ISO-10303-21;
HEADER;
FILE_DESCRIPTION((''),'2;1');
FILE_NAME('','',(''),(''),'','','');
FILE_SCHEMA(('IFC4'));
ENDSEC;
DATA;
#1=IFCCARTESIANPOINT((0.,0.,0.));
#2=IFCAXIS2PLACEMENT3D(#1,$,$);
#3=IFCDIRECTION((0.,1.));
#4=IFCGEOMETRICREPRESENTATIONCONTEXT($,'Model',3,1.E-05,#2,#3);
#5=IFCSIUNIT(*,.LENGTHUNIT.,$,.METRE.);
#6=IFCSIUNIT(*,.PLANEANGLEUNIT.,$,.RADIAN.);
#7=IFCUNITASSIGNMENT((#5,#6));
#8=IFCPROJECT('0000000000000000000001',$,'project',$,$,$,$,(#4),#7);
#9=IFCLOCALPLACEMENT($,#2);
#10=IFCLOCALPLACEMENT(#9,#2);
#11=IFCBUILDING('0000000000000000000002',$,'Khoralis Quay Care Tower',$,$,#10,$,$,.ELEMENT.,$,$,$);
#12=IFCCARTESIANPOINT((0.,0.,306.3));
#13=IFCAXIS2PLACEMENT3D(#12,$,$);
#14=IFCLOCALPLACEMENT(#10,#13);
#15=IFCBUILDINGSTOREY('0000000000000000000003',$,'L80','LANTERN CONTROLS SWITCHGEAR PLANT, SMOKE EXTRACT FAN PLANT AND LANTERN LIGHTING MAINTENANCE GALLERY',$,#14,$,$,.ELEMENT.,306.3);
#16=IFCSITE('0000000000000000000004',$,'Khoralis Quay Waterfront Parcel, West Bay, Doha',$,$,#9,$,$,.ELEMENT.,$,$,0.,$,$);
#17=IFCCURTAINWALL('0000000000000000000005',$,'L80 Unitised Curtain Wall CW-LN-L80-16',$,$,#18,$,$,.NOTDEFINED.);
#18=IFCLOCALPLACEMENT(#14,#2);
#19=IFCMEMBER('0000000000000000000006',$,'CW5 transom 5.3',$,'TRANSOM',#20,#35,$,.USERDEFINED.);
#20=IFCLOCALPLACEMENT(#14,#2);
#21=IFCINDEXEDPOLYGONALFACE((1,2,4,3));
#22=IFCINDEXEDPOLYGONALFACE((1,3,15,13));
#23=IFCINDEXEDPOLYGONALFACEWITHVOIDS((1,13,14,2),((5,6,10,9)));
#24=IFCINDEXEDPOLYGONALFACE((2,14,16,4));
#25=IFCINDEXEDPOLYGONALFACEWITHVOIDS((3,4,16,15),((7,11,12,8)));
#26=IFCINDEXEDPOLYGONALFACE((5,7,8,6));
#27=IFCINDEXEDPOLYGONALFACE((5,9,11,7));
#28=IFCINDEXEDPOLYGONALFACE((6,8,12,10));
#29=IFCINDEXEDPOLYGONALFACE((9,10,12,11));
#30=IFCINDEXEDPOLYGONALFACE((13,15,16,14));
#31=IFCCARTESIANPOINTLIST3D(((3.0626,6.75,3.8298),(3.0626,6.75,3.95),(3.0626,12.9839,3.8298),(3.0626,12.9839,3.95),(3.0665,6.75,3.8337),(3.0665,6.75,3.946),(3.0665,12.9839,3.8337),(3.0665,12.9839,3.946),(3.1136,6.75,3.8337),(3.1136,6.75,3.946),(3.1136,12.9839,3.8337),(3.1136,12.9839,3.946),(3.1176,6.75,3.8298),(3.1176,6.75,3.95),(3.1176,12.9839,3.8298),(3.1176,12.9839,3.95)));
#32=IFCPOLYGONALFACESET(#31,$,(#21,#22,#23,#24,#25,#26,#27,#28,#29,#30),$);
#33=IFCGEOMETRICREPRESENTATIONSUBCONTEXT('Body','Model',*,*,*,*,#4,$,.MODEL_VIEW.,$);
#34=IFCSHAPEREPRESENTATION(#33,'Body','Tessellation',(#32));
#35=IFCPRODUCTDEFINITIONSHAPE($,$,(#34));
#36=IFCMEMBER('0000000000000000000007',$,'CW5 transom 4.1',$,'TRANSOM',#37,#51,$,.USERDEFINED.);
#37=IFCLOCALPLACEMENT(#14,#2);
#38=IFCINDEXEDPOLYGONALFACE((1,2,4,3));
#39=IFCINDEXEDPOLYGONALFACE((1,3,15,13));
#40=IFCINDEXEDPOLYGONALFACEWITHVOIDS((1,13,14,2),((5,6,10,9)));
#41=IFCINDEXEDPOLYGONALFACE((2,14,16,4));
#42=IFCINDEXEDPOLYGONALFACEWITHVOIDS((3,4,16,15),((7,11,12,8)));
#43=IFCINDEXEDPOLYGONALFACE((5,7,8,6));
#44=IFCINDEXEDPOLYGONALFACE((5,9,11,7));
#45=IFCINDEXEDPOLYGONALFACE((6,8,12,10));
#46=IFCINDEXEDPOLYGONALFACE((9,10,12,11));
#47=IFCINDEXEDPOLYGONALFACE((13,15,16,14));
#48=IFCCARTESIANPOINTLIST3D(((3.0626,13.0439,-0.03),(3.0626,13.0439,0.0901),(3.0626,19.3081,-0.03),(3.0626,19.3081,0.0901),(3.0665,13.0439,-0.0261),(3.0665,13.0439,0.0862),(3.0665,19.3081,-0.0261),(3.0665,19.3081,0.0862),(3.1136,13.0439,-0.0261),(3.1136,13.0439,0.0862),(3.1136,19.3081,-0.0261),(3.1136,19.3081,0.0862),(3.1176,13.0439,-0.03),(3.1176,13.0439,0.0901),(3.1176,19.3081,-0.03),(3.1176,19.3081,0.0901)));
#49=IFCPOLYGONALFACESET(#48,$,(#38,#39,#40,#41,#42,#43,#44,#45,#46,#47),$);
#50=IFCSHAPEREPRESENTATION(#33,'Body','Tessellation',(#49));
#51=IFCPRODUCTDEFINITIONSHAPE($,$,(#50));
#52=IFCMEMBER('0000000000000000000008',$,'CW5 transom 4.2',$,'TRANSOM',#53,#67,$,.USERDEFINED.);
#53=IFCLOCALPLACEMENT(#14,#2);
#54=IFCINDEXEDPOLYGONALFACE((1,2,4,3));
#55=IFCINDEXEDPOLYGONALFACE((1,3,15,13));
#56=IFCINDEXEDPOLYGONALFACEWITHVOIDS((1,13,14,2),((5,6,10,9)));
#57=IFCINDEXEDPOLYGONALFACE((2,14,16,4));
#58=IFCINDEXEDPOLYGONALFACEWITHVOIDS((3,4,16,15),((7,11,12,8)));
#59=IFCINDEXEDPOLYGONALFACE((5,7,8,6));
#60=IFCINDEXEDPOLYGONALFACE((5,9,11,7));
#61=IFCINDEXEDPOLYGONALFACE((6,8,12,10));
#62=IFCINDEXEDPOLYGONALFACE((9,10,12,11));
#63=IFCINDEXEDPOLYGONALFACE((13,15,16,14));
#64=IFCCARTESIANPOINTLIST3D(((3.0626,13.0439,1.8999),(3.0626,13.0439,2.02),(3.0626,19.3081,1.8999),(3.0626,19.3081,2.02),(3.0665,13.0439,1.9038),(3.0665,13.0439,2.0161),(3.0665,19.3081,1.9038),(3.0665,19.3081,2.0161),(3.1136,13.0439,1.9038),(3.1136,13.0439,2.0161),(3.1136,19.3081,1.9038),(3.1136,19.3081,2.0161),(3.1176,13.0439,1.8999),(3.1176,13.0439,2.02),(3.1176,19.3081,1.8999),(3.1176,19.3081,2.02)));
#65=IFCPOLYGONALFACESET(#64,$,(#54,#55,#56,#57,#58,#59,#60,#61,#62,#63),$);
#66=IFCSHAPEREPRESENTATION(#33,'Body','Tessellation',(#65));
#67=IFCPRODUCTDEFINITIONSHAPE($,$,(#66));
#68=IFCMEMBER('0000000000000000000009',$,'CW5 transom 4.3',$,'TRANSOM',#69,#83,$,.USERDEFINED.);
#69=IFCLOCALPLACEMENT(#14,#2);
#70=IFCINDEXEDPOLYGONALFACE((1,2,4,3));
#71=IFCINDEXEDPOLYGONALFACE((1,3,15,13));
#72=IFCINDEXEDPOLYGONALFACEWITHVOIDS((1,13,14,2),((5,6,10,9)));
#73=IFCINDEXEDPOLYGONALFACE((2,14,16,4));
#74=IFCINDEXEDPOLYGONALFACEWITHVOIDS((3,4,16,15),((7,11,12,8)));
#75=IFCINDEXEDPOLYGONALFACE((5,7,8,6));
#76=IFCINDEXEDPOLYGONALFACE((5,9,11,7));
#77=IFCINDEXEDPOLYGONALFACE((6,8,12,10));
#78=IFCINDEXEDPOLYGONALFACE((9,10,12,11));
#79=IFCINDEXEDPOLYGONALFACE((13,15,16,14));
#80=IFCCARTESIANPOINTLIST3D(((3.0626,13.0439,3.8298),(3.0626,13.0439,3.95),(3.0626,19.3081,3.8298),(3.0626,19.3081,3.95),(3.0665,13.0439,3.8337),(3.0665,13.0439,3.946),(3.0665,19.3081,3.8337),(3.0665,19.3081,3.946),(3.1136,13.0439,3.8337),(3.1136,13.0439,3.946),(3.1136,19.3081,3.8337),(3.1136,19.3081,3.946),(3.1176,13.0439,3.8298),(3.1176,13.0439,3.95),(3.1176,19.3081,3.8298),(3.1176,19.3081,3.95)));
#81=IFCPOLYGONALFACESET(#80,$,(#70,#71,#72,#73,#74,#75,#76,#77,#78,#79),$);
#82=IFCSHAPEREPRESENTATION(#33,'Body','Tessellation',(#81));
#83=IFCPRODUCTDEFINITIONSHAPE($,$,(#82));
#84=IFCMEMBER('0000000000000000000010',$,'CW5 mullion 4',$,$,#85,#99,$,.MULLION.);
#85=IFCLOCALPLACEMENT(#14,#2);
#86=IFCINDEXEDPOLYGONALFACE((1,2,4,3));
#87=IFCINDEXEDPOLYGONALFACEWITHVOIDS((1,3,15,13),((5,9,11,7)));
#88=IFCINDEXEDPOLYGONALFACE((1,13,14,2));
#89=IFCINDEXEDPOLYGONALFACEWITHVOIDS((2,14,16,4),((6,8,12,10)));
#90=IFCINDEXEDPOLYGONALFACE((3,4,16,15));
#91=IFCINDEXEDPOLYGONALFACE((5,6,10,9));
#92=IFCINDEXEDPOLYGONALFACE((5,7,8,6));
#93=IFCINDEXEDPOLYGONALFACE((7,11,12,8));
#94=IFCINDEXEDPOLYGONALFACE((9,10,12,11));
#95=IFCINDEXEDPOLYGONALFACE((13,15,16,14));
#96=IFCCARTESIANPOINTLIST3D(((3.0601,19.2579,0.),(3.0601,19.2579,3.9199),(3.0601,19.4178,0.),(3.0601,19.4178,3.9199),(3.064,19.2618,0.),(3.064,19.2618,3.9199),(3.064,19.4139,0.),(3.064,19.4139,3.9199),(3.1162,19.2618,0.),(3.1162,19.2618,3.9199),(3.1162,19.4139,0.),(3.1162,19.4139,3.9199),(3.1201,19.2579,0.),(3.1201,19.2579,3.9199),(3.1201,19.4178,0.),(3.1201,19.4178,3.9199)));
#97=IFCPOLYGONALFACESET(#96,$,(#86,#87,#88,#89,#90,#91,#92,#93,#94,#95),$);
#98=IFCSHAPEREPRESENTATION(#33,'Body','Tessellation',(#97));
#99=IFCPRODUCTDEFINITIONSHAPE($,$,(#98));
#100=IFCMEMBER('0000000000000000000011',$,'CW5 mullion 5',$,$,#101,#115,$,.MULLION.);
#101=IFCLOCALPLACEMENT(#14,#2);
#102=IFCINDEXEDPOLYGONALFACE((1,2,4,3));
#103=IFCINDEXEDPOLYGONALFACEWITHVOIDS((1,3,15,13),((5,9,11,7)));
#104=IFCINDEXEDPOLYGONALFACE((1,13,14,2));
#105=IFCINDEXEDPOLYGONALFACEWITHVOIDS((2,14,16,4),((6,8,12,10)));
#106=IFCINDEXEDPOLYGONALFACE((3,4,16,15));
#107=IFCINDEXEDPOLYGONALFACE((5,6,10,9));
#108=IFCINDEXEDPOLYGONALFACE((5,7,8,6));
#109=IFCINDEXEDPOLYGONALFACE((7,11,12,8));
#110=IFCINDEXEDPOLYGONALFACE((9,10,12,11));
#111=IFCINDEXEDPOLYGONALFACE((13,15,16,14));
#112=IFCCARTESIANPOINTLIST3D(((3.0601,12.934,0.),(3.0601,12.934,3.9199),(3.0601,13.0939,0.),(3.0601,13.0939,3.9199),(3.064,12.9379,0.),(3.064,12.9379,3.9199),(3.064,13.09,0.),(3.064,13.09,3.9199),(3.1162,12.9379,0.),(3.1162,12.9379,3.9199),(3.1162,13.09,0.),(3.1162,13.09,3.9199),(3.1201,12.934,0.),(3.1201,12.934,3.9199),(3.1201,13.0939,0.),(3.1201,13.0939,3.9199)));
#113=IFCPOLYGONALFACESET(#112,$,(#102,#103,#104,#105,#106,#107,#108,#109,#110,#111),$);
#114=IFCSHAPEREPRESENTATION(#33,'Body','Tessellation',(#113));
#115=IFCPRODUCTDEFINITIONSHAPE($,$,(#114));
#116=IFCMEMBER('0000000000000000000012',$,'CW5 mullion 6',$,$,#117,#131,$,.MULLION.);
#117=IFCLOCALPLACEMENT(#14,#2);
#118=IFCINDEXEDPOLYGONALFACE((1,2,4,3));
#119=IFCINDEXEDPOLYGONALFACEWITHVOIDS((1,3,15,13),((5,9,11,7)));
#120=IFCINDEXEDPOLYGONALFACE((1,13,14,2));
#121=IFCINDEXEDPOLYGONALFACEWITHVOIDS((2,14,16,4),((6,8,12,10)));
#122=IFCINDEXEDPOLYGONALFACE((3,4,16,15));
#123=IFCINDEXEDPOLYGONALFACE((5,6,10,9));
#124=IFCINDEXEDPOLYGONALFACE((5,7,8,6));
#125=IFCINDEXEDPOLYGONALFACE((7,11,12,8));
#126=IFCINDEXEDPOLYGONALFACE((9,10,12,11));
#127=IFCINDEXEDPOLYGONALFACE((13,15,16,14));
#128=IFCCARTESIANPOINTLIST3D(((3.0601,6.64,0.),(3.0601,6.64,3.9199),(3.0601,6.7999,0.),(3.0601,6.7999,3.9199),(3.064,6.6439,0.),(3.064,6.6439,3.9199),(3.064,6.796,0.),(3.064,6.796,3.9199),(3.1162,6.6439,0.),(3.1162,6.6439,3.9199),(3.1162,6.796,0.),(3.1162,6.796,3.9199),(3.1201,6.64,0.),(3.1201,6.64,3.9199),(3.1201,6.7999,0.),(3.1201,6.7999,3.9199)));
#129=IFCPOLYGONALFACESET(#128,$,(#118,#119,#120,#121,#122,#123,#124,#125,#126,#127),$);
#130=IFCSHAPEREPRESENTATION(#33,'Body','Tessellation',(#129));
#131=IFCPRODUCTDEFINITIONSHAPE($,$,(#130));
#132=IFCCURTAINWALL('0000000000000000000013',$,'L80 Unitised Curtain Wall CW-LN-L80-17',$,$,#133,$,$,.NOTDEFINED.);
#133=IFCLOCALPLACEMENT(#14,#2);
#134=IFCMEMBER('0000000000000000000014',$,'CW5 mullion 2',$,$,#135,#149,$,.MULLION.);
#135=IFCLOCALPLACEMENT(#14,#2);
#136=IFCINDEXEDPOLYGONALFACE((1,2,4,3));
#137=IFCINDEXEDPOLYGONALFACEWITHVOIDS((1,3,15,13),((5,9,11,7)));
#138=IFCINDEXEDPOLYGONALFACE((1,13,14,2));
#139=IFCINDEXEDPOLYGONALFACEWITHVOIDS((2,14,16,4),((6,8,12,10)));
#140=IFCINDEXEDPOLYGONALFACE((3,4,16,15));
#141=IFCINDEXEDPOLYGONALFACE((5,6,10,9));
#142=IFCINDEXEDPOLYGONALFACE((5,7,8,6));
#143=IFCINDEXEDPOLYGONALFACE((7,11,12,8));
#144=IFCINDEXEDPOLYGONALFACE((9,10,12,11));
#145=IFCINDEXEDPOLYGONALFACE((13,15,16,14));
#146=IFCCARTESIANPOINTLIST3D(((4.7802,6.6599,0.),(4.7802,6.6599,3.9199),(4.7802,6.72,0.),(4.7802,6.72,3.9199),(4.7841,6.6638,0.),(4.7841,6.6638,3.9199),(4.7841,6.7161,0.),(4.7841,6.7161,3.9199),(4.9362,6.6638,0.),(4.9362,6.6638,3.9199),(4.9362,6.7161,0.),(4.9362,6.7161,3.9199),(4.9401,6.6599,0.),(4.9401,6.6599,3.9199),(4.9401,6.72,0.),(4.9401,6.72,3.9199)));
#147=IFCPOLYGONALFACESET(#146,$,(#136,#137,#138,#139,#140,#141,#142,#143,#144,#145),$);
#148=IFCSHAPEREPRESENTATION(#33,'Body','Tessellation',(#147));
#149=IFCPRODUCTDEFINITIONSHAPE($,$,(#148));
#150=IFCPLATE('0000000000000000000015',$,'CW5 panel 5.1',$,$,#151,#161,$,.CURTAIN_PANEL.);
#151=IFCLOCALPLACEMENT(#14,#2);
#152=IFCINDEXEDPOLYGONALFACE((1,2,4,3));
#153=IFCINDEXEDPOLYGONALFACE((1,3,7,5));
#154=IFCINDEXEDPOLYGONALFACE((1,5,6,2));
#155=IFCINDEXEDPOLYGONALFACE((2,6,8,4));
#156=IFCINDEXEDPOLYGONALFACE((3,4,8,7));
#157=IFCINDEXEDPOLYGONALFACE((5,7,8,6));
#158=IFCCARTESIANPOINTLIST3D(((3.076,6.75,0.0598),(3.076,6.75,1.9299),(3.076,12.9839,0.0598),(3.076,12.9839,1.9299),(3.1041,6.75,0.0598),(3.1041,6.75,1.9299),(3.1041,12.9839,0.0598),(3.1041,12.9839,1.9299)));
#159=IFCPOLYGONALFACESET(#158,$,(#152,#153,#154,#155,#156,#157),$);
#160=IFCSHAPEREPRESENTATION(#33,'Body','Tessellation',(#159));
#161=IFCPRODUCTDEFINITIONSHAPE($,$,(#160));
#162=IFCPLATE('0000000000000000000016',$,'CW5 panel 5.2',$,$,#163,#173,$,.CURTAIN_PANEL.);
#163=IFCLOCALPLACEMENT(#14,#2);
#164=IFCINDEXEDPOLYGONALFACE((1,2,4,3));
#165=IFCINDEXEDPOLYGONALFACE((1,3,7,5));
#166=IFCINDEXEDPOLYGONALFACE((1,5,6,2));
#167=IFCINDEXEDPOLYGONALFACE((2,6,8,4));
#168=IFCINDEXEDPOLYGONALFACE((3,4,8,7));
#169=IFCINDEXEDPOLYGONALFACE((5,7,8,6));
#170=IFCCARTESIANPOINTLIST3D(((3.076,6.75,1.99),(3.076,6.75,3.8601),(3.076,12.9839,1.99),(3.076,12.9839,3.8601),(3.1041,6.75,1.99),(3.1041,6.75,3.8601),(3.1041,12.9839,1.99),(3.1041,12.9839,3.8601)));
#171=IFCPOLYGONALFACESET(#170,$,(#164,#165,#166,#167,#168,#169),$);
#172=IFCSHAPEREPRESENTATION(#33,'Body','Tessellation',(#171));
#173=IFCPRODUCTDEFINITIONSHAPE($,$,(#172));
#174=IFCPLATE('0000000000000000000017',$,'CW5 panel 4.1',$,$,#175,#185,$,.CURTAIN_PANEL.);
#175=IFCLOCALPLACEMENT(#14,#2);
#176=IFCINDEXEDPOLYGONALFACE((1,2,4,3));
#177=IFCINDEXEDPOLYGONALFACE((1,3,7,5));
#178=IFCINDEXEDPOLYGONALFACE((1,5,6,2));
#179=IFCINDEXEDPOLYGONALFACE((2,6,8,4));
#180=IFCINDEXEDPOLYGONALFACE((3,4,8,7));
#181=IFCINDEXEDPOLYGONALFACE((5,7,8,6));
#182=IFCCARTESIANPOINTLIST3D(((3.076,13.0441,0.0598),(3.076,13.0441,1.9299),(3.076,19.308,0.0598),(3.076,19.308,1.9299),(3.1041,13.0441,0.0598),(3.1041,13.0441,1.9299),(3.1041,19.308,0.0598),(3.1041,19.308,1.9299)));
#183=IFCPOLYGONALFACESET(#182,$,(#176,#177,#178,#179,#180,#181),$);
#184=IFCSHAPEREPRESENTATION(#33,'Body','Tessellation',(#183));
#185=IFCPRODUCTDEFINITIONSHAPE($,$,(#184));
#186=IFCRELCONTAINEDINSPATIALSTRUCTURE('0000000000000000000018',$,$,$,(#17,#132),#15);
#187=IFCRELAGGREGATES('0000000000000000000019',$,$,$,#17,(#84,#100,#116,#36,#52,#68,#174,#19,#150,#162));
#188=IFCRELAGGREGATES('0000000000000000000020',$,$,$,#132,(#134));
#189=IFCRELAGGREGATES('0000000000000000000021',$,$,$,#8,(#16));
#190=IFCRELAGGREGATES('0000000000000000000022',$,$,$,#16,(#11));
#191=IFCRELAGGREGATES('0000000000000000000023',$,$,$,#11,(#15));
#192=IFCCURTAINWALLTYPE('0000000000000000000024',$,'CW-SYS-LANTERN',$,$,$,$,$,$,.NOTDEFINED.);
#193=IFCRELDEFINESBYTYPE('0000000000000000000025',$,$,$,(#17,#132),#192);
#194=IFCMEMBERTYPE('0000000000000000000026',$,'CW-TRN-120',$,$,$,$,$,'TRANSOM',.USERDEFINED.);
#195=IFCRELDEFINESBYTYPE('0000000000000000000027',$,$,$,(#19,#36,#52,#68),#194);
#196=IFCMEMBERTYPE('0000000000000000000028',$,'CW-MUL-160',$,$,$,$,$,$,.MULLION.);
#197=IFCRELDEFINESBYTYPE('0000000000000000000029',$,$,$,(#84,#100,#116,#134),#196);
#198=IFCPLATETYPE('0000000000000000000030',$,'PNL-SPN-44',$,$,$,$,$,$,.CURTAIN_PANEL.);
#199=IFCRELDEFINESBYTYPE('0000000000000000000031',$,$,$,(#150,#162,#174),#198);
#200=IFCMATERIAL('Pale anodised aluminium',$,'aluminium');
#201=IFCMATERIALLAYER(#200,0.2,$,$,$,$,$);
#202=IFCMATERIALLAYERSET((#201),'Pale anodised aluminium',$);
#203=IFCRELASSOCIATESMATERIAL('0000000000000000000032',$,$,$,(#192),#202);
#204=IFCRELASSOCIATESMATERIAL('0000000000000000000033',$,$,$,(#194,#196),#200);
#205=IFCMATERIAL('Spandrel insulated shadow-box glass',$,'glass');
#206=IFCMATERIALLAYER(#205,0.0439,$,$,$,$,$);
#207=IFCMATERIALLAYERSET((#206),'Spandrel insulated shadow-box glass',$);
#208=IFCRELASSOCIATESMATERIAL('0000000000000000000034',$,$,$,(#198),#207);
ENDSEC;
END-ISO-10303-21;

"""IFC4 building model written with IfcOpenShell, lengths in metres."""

from ifc_helpers import new_model, si_unit, direction, frame, origin, origin_2d, place, context, subcontext, project, spatial, rectangle, hollow_rectangle, extrude, source, transform, mapped, material, layer, layer_set, material_profile, profile_set, type_object, element, aggregate, save


model = new_model("IFC4")

# Units and contexts
model_context = context("Model", 3, precision=1e-05, world=origin(), true_north=direction((0.0, 1.0)))
body_context = subcontext(model_context, "Body", "Model", "MODEL_VIEW")
ifc_project = project(units=[si_unit("LENGTHUNIT", "METRE"), si_unit("PLANEANGLEUNIT", "RADIAN")], contexts=[model_context])

# Site, building, storey
site_placement = place(None, origin())
site = spatial("IfcSite", under=ifc_project, at=site_placement, Name="Khoralis Quay Waterfront Parcel, West Bay, Doha", CompositionType="ELEMENT", RefElevation=0.0)
building_placement = place(site_placement, origin())
building = spatial("IfcBuilding", under=site, at=building_placement, Name="Khoralis Quay Care Tower", CompositionType="ELEMENT")
storey_placement = place(building_placement, frame((0.0, 0.0, 306.3)))
storey = spatial("IfcBuildingStorey", under=building, at=storey_placement, Name="L80", Description="LANTERN CONTROLS SWITCHGEAR PLANT, SMOKE EXTRACT FAN PLANT AND LANTERN LIGHTING MAINTENANCE GALLERY", CompositionType="ELEMENT", Elevation=306.3)

# Curtain wall, members
ifc_material_1 = material(Name="Pale anodised aluminium", Category="aluminium")
ifc_layer_1 = layer(ifc_material_1, 0.2)
ifc_layer_set_1 = layer_set([ifc_layer_1], Name="Pale anodised aluminium")
curtain_wall_type = type_object("IfcCurtainWallType", Name="CW-SYS-LANTERN", PredefinedType="NOTDEFINED", material=ifc_layer_set_1)
curtain_wall_1_placement = place(storey_placement, origin())
curtain_wall_1 = element("IfcCurtainWall", 1, at=curtain_wall_1_placement, inside=storey, type_object=curtain_wall_type, Name="L80 Unitised Curtain Wall CW-LN-L80-16", PredefinedType="NOTDEFINED")
ifc_material_profile_1 = material_profile(ifc_material_1, hollow_rectangle(XDim=0.0549, YDim=0.1201, WallThickness=0.0039, at=origin_2d()), Name="Pale anodised aluminium")
ifc_profile_set_1 = profile_set([ifc_material_profile_1], Name="Pale anodised aluminium")
member_type_1 = type_object("IfcMemberType", Name="CW-TRN-120", ElementType="TRANSOM", PredefinedType="USERDEFINED", material=ifc_profile_set_1)
shared_shape_1 = source(origin(), body_context, "Body", "SweptSolid", [
    extrude(hollow_rectangle(XDim=0.0549, YDim=0.1201, WallThickness=0.0039, at=origin_2d()), origin(), (0.0, 0.0, 1.0), 6.2339),
])
member_1_placement = place(storey_placement, frame((3.0901, 12.9839, 3.8899), z_axis=(0.0, -1.0, 0.0), x_axis=(1.0, 0.0, 0.0)))
member_1 = element("IfcMember", 2, at=member_1_placement, type_object=member_type_1, Name="CW5 transom 5.3", ObjectType="TRANSOM", PredefinedType="USERDEFINED", context=body_context, shape_type="MappedRepresentation", body=[
    mapped(shared_shape_1, transform((0.0, 0.0, 0.0), scale=1.0)),
])
shared_shape_2 = source(origin(), body_context, "Body", "SweptSolid", [
    extrude(hollow_rectangle(XDim=0.0549, YDim=0.1201, WallThickness=0.0039, at=origin_2d()), origin(), (0.0, 0.0, 1.0), 6.2642),
])
member_2_placement = place(storey_placement, frame((3.0901, 19.3081, 0.03), z_axis=(0.0, -1.0, 0.0), x_axis=(1.0, 0.0, 0.0)))
member_2 = element("IfcMember", 3, at=member_2_placement, type_object=member_type_1, Name="CW5 transom 4.1", ObjectType="TRANSOM", PredefinedType="USERDEFINED", context=body_context, shape_type="MappedRepresentation", body=[
    mapped(shared_shape_2, transform((0.0, 0.0, 0.0), scale=1.0)),
])
member_3_placement = place(storey_placement, frame((3.0901, 19.3081, 1.96), z_axis=(0.0, -1.0, 0.0), x_axis=(1.0, 0.0, 0.0)))
member_3 = element("IfcMember", 4, at=member_3_placement, type_object=member_type_1, Name="CW5 transom 4.2", ObjectType="TRANSOM", PredefinedType="USERDEFINED", context=body_context, shape_type="MappedRepresentation", body=[
    mapped(shared_shape_2, transform((0.0, 0.0, 0.0), scale=1.0)),
])
member_4_placement = place(storey_placement, frame((3.0901, 19.3081, 3.8899), z_axis=(0.0, -1.0, 0.0), x_axis=(1.0, 0.0, 0.0)))
member_4 = element("IfcMember", 5, at=member_4_placement, type_object=member_type_1, Name="CW5 transom 4.3", ObjectType="TRANSOM", PredefinedType="USERDEFINED", context=body_context, shape_type="MappedRepresentation", body=[
    mapped(shared_shape_2, transform((0.0, 0.0, 0.0), scale=1.0)),
])
ifc_material_profile_2 = material_profile(ifc_material_1, hollow_rectangle(XDim=0.0601, YDim=0.1599, WallThickness=0.0039, at=origin_2d()), Name="Pale anodised aluminium")
ifc_profile_set_2 = profile_set([ifc_material_profile_2], Name="Pale anodised aluminium")
member_type_2 = type_object("IfcMemberType", Name="CW-MUL-160", PredefinedType="MULLION", material=ifc_profile_set_2)
shared_shape_3 = source(origin(), body_context, "Body", "SweptSolid", [
    extrude(hollow_rectangle(XDim=0.0601, YDim=0.1599, WallThickness=0.0039, at=origin_2d()), origin(), (0.0, 0.0, 1.0), 3.9199),
])
member_5_placement = place(storey_placement, frame((3.0901, 19.3379, 0.0), z_axis=(0.0, 0.0, 1.0), x_axis=(1.0, 0.0, 0.0)))
member_5 = element("IfcMember", 6, at=member_5_placement, type_object=member_type_2, Name="CW5 mullion 4", PredefinedType="MULLION", context=body_context, shape_type="MappedRepresentation", body=[
    mapped(shared_shape_3, transform((0.0, 0.0, 0.0), scale=1.0)),
])
member_6_placement = place(storey_placement, frame((3.0901, 13.0139, 0.0), z_axis=(0.0, 0.0, 1.0), x_axis=(1.0, 0.0, 0.0)))
member_6 = element("IfcMember", 7, at=member_6_placement, type_object=member_type_2, Name="CW5 mullion 5", PredefinedType="MULLION", context=body_context, shape_type="MappedRepresentation", body=[
    mapped(shared_shape_3, transform((0.0, 0.0, 0.0), scale=1.0)),
])
member_7_placement = place(storey_placement, frame((3.0901, 6.72, 0.0), z_axis=(0.0, 0.0, 1.0), x_axis=(1.0, 0.0, 0.0)))
member_7 = element("IfcMember", 8, at=member_7_placement, type_object=member_type_2, Name="CW5 mullion 6", PredefinedType="MULLION", context=body_context, shape_type="MappedRepresentation", body=[
    mapped(shared_shape_3, transform((0.0, 0.0, 0.0), scale=1.0)),
])

# Curtain wall, member
curtain_wall_2_placement = place(storey_placement, origin())
curtain_wall_2 = element("IfcCurtainWall", 9, at=curtain_wall_2_placement, inside=storey, type_object=curtain_wall_type, Name="L80 Unitised Curtain Wall CW-LN-L80-17", PredefinedType="NOTDEFINED")
member_8_placement = place(storey_placement, frame((4.8601, 6.6899, 0.0), z_axis=(0.0, 0.0, 1.0), x_axis=(0.0, 1.0, 0.0)))
member_8 = element("IfcMember", 10, at=member_8_placement, type_object=member_type_2, Name="CW5 mullion 2", PredefinedType="MULLION", context=body_context, shape_type="MappedRepresentation", body=[
    mapped(shared_shape_3, transform((0.0, 0.0, 0.0), scale=1.0)),
])

# Plates
ifc_material_2 = material(Name="Spandrel insulated shadow-box glass", Category="glass")
ifc_layer_2 = layer(ifc_material_2, 0.0439)
ifc_layer_set_2 = layer_set([ifc_layer_2], Name="Spandrel insulated shadow-box glass")
plate_type = type_object("IfcPlateType", Name="PNL-SPN-44", PredefinedType="CURTAIN_PANEL", material=ifc_layer_set_2)
shared_shape_4 = source(origin(), body_context, "Body", "SweptSolid", [
    extrude(rectangle(XDim=6.2339, YDim=0.0281, at=origin_2d()), origin(), (0.0, 0.0, 1.0), 1.8701),
])
plate_1_placement = place(storey_placement, frame((3.0901, 9.8669, 0.0598), z_axis=(0.0, 0.0, 1.0), x_axis=(0.0, -1.0, 0.0)))
plate_1 = element("IfcPlate", 11, at=plate_1_placement, type_object=plate_type, Name="CW5 panel 5.1", PredefinedType="CURTAIN_PANEL", context=body_context, shape_type="MappedRepresentation", body=[
    mapped(shared_shape_4, transform((0.0, 0.0, 0.0), scale=1.0)),
])
plate_2_placement = place(storey_placement, frame((3.0901, 9.8669, 1.99), z_axis=(0.0, 0.0, 1.0), x_axis=(0.0, -1.0, 0.0)))
plate_2 = element("IfcPlate", 12, at=plate_2_placement, type_object=plate_type, Name="CW5 panel 5.2", PredefinedType="CURTAIN_PANEL", context=body_context, shape_type="MappedRepresentation", body=[
    mapped(shared_shape_4, transform((0.0, 0.0, 0.0), scale=1.0)),
])
shared_shape_5 = source(origin(), body_context, "Body", "SweptSolid", [
    extrude(rectangle(XDim=6.2639, YDim=0.0281, at=origin_2d()), origin(), (0.0, 0.0, 1.0), 1.8701),
])
plate_3_placement = place(storey_placement, frame((3.0901, 16.176, 0.0598), z_axis=(0.0, 0.0, 1.0), x_axis=(0.0, -1.0, 0.0)))
plate_3 = element("IfcPlate", 13, at=plate_3_placement, type_object=plate_type, Name="CW5 panel 4.1", PredefinedType="CURTAIN_PANEL", context=body_context, shape_type="MappedRepresentation", body=[
    mapped(shared_shape_5, transform((0.0, 0.0, 0.0), scale=1.0)),
])
aggregate(curtain_wall_1, [member_5, member_6, member_7, member_2, member_3, member_4, plate_3, member_1, plate_1, plate_2])
aggregate(curtain_wall_2, [member_8])

save(model, "model.ifc")
